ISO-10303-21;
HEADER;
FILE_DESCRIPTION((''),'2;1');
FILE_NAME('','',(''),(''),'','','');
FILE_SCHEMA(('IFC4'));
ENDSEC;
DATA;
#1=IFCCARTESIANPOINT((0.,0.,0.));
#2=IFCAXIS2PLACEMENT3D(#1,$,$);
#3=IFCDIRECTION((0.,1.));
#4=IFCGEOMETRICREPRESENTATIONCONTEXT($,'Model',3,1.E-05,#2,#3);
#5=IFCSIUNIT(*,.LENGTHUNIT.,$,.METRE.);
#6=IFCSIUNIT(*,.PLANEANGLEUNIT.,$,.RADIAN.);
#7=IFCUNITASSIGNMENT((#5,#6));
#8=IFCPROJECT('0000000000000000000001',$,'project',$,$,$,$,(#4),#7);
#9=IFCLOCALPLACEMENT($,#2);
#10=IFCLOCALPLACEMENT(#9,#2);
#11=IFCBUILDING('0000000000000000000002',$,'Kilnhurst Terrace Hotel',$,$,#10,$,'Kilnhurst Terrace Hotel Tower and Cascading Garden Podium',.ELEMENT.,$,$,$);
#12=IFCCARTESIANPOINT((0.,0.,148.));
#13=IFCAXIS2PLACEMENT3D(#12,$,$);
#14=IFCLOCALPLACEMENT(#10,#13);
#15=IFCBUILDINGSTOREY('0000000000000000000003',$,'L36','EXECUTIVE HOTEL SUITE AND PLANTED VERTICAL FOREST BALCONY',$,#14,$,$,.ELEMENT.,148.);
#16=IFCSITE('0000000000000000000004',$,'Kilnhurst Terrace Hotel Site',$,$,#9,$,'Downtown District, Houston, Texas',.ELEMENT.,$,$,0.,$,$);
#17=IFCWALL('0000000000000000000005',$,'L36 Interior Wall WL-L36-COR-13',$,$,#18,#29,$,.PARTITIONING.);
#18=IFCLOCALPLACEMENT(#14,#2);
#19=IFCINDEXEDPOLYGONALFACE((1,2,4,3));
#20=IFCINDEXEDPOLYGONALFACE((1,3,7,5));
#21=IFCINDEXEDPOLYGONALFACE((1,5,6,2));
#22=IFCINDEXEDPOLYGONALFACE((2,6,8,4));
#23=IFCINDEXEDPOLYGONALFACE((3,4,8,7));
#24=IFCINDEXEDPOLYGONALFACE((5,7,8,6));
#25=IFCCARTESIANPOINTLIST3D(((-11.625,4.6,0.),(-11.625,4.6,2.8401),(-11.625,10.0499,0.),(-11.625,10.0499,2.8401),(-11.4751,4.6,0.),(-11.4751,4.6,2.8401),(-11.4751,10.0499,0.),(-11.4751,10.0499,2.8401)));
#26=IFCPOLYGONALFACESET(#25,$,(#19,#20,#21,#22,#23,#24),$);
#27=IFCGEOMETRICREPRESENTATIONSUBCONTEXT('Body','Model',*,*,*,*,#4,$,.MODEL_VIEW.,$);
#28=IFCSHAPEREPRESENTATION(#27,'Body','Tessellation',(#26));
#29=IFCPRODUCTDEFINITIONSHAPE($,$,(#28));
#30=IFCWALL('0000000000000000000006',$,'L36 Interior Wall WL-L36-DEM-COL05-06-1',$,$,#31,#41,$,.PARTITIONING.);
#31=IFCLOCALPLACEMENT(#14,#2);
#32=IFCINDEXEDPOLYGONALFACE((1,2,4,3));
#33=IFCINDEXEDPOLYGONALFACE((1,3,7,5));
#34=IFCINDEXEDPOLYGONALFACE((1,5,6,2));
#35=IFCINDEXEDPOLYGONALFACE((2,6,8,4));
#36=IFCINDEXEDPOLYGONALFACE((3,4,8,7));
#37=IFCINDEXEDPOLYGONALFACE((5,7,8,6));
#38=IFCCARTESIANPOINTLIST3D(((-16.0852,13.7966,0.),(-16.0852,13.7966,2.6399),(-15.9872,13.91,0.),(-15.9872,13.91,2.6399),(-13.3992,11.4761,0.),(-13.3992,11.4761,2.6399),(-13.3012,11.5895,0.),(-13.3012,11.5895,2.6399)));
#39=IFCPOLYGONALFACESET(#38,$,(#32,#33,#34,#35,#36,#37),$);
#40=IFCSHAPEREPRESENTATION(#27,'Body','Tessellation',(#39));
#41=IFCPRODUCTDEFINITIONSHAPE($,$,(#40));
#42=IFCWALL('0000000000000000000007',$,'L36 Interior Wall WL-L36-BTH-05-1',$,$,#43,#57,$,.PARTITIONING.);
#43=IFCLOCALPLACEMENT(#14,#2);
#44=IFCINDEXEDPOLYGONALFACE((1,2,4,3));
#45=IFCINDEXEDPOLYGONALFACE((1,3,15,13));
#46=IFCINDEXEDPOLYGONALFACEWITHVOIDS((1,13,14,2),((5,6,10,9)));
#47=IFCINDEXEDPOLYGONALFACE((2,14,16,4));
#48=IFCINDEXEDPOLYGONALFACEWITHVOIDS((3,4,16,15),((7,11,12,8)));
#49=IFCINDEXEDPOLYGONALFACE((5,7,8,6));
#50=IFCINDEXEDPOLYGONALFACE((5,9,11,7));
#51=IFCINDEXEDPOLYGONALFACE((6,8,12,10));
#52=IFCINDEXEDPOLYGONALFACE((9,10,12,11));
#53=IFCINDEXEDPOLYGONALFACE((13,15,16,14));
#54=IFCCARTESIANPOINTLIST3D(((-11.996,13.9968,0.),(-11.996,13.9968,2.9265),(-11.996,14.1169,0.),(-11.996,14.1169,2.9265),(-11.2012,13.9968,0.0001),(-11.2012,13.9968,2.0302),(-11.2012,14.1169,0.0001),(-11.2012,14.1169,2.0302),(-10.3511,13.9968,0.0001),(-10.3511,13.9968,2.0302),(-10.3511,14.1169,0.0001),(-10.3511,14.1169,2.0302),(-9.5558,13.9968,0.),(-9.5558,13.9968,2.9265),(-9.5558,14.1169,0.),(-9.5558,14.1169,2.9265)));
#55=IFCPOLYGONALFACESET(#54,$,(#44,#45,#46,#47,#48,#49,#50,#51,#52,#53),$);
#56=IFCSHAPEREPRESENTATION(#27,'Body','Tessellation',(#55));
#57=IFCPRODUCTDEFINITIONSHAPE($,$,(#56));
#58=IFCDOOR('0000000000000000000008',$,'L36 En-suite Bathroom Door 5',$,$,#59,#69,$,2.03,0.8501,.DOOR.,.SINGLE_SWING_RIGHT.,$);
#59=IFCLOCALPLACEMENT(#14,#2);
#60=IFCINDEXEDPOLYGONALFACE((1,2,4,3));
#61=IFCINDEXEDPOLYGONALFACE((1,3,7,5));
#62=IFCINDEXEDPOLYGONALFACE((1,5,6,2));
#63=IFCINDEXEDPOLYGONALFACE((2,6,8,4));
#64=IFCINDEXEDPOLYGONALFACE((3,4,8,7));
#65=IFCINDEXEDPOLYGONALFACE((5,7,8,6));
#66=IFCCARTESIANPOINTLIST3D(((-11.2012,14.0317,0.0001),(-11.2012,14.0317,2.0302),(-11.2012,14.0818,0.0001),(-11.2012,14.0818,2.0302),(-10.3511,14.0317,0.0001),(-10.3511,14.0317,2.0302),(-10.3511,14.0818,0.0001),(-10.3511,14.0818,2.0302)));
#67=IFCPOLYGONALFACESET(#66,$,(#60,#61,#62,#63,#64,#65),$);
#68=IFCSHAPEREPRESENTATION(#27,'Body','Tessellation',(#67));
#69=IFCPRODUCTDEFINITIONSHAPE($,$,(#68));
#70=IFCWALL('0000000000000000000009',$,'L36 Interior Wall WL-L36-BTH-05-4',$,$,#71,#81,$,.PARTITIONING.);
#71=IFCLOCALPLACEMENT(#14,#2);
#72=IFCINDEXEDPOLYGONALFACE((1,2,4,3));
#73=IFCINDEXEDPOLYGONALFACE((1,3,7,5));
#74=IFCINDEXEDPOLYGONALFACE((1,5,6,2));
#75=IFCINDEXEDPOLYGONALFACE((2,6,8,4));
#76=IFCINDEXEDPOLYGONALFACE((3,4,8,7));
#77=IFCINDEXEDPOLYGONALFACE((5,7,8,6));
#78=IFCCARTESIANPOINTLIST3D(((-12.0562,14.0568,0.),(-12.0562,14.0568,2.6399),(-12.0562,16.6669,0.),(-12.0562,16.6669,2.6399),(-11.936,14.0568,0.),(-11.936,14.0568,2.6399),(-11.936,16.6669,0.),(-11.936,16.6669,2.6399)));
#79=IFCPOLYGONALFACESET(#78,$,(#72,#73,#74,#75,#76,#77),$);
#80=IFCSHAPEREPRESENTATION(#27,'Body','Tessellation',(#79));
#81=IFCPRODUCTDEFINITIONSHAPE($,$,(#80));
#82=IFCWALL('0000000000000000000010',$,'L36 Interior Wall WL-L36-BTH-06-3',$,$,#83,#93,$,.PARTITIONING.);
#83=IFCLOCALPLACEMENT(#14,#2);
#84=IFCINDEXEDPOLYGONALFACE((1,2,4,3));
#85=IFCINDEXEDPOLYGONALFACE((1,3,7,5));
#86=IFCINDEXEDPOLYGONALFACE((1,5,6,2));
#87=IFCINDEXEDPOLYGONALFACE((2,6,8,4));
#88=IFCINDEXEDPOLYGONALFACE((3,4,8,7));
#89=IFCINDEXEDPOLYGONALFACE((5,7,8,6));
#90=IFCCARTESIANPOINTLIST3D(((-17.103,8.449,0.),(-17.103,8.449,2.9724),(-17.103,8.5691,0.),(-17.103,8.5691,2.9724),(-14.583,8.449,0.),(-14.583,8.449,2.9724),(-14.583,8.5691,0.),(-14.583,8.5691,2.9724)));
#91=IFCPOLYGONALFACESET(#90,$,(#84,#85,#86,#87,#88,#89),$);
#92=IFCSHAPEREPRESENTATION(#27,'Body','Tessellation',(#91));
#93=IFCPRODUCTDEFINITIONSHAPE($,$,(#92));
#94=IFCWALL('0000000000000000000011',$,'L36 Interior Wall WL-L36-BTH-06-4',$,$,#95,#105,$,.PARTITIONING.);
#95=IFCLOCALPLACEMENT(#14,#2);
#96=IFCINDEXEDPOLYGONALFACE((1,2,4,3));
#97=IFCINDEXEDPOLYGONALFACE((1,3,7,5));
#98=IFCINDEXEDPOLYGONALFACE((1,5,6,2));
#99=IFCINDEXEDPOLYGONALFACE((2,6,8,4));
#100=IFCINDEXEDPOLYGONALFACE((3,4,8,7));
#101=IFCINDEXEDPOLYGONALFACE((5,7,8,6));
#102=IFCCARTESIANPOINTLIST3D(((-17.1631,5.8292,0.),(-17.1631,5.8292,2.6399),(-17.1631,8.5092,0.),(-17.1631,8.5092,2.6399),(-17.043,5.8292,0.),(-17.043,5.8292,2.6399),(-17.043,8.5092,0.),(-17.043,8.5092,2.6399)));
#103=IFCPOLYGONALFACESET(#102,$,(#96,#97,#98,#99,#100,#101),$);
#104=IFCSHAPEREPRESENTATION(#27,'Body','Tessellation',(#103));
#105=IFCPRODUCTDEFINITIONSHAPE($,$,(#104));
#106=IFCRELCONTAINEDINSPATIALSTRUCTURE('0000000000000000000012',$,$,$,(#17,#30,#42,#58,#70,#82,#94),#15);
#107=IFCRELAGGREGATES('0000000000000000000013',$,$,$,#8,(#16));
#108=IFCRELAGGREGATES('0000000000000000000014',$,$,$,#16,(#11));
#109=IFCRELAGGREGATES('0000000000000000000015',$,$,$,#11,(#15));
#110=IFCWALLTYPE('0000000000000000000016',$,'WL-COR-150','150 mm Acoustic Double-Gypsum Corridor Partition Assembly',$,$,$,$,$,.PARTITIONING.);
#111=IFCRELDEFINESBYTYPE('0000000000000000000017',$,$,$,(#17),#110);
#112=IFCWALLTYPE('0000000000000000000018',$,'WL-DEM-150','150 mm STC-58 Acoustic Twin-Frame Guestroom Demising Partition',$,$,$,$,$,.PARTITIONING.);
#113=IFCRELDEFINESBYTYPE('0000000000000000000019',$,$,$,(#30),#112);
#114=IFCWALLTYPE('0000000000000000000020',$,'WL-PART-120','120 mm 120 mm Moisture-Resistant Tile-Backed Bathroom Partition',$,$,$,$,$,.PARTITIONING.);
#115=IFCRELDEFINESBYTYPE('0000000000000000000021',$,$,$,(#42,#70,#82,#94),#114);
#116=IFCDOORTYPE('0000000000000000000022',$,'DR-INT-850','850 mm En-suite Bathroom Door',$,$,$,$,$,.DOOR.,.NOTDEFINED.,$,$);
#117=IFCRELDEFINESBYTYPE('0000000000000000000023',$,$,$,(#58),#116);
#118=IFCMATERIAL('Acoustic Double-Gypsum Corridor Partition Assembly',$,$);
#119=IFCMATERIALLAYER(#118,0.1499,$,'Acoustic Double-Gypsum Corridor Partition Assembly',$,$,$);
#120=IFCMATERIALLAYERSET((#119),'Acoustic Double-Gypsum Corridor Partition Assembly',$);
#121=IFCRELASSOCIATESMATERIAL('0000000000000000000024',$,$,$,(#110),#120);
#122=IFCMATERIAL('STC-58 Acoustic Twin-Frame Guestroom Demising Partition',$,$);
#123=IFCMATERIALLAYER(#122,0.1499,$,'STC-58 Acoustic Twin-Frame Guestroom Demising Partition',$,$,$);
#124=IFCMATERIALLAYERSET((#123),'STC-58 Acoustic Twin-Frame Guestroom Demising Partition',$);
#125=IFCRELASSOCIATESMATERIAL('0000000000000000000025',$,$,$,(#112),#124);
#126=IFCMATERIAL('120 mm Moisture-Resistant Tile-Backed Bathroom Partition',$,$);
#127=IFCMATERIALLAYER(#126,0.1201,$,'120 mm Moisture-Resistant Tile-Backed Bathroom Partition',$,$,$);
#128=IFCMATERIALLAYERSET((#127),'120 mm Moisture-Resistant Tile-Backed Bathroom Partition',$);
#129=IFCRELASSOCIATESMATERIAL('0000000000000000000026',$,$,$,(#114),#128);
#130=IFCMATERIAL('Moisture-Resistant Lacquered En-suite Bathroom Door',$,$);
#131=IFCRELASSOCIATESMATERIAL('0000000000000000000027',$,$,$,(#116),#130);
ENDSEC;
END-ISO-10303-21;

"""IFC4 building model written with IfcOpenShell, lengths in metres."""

from ifc_helpers import new_model, si_unit, direction, frame, frame_2d, origin, place, context, subcontext, project, spatial, rectangle, extrude, material, layer, layer_set, type_object, element, fill, save


model = new_model("IFC4")

# Units and contexts
model_context = context("Model", 3, precision=1e-05, world=origin(), true_north=direction((0.0, 1.0)))
body_context = subcontext(model_context, "Body", "Model", "MODEL_VIEW")
ifc_project = project(units=[si_unit("LENGTHUNIT", "METRE"), si_unit("PLANEANGLEUNIT", "RADIAN")], contexts=[model_context])

# Site, building, storey
site_placement = place(None, origin())
site = spatial("IfcSite", under=ifc_project, at=site_placement, Name="Kilnhurst Terrace Hotel Site", LongName="Downtown District, Houston, Texas", CompositionType="ELEMENT", RefElevation=0.0)
building_placement = place(site_placement, origin())
building = spatial("IfcBuilding", under=site, at=building_placement, Name="Kilnhurst Terrace Hotel", LongName="Kilnhurst Terrace Hotel Tower and Cascading Garden Podium", CompositionType="ELEMENT")
storey_placement = place(building_placement, frame((0.0, 0.0, 148.0)))
storey = spatial("IfcBuildingStorey", under=building, at=storey_placement, Name="L36", Description="EXECUTIVE HOTEL SUITE AND PLANTED VERTICAL FOREST BALCONY", CompositionType="ELEMENT", Elevation=148.0)

# Shared definitions
ifc_material_1 = material(Name="Acoustic Double-Gypsum Corridor Partition Assembly")
ifc_layer_1 = layer(ifc_material_1, 0.1499, Name="Acoustic Double-Gypsum Corridor Partition Assembly")
ifc_layer_set_1 = layer_set([ifc_layer_1], Name="Acoustic Double-Gypsum Corridor Partition Assembly")
wall_type_1 = type_object("IfcWallType", Name="WL-COR-150", Description="150 mm Acoustic Double-Gypsum Corridor Partition Assembly", PredefinedType="PARTITIONING", material=ifc_layer_set_1)

# Walls
wall_1_placement = place(storey_placement, frame((-11.55, 10.05, 0.0), z_axis=(0.0, 0.0, 1.0), x_axis=(0.0, -1.0, 0.0)))
element("IfcWall", 1, at=wall_1_placement, inside=storey, type_object=wall_type_1, Name="L36 Interior Wall WL-L36-COR-13", PredefinedType="PARTITIONING", context=body_context, shape_type="SweptSolid", body=[
    extrude(rectangle(XDim=5.45, YDim=0.1499, at=frame_2d((2.7251, 0.0))), origin(), (0.0, 0.0, 1.0), 2.8401),
])
ifc_material_2 = material(Name="STC-58 Acoustic Twin-Frame Guestroom Demising Partition")
ifc_layer_2 = layer(ifc_material_2, 0.1499, Name="STC-58 Acoustic Twin-Frame Guestroom Demising Partition")
ifc_layer_set_2 = layer_set([ifc_layer_2], Name="STC-58 Acoustic Twin-Frame Guestroom Demising Partition")
wall_type_2 = type_object("IfcWallType", Name="WL-DEM-150", Description="150 mm STC-58 Acoustic Twin-Frame Guestroom Demising Partition", PredefinedType="PARTITIONING", material=ifc_layer_set_2)
wall_2_placement = place(storey_placement, frame((-13.3501, 11.5327, 0.0), z_axis=(0.0, 0.0, 1.0), x_axis=(-0.756712, 0.653749, 0.0)))
element("IfcWall", 2, at=wall_2_placement, inside=storey, type_object=wall_type_2, Name="L36 Interior Wall WL-L36-DEM-COL05-06-1", PredefinedType="PARTITIONING", context=body_context, shape_type="SweptSolid", body=[
    extrude(rectangle(XDim=3.5496, YDim=0.1499, at=frame_2d((1.7749, 0.0))), origin(), (0.0, 0.0, 1.0), 2.6399),
])

# Wall, opening, door
ifc_material_3 = material(Name="120 mm Moisture-Resistant Tile-Backed Bathroom Partition")
ifc_layer_3 = layer(ifc_material_3, 0.1201, Name="120 mm Moisture-Resistant Tile-Backed Bathroom Partition")
ifc_layer_set_3 = layer_set([ifc_layer_3], Name="120 mm Moisture-Resistant Tile-Backed Bathroom Partition")
wall_type_3 = type_object("IfcWallType", Name="WL-PART-120", Description="120 mm 120 mm Moisture-Resistant Tile-Backed Bathroom Partition", PredefinedType="PARTITIONING", material=ifc_layer_set_3)
wall_3_placement = place(storey_placement, frame((-11.9961, 14.0569, 0.0), z_axis=(0.0, 0.0, 1.0), x_axis=(1.0, 0.0, 0.0)))
wall_3 = element("IfcWall", 3, at=wall_3_placement, inside=storey, type_object=wall_type_3, Name="L36 Interior Wall WL-L36-BTH-05-1", PredefinedType="PARTITIONING", context=body_context, shape_type="SweptSolid", body=[
    extrude(rectangle(XDim=2.4402, YDim=0.1201, at=frame_2d((1.2202, 0.0))), origin(), (0.0, 0.0, 1.0), 2.9265),
])
opening_1_placement = place(wall_3_placement, frame((0.7949, 0.0, 0.0)))
opening_1 = element("IfcOpeningElement", 4, at=opening_1_placement, cuts=wall_3, PredefinedType="OPENING", context=body_context, shape_type="SweptSolid", body=[
    extrude(rectangle(XDim=0.8501, YDim=2.03, at=frame_2d((0.425, 1.0151))), frame((0.0, 0.0701, 0.0), z_axis=(0.0, -1.0, 0.0), x_axis=(1.0, 0.0, 0.0)), (0.0, 0.0, 1.0), 0.1401),
])
ifc_material_4 = material(Name="Moisture-Resistant Lacquered En-suite Bathroom Door")
door_type_1 = type_object("IfcDoorType", Name="DR-INT-850", Description="850 mm En-suite Bathroom Door", OperationType="NOTDEFINED", PredefinedType="DOOR", material=ifc_material_4)
door_1_placement = place(opening_1_placement, origin())
door_1 = element("IfcDoor", 5, at=door_1_placement, inside=storey, type_object=door_type_1, Name="L36 En-suite Bathroom Door 5", OperationType="SINGLE_SWING_RIGHT", OverallHeight=2.03, OverallWidth=0.8501, PredefinedType="DOOR", context=body_context, shape_type="SweptSolid", body=[
    extrude(rectangle(XDim=0.8501, YDim=2.03, at=frame_2d((0.425, 1.0151))), frame((0.0, 0.0249, 0.0), z_axis=(0.0, -1.0, 0.0), x_axis=(1.0, 0.0, 0.0)), (0.0, 0.0, 1.0), 0.05),
])
fill(opening_1, door_1)

# Walls
wall_4_placement = place(storey_placement, frame((-11.9961, 16.667, 0.0), z_axis=(0.0, 0.0, 1.0), x_axis=(0.0, -1.0, 0.0)))
element("IfcWall", 6, at=wall_4_placement, inside=storey, type_object=wall_type_3, Name="L36 Interior Wall WL-L36-BTH-05-4", PredefinedType="PARTITIONING", context=body_context, shape_type="SweptSolid", body=[
    extrude(rectangle(XDim=2.6101, YDim=0.1201, at=frame_2d((1.3052, 0.0))), origin(), (0.0, 0.0, 1.0), 2.6399),
])
wall_5_placement = place(storey_placement, frame((-14.583, 8.509, 0.0), z_axis=(0.0, 0.0, 1.0), x_axis=(-1.0, 0.0, 0.0)))
element("IfcWall", 7, at=wall_5_placement, inside=storey, type_object=wall_type_3, Name="L36 Interior Wall WL-L36-BTH-06-3", PredefinedType="PARTITIONING", context=body_context, shape_type="SweptSolid", body=[
    extrude(rectangle(XDim=2.52, YDim=0.1201, at=frame_2d((1.26, 0.0))), origin(), (0.0, 0.0, 1.0), 2.9724),
])
wall_6_placement = place(storey_placement, frame((-17.103, 8.509, 0.0), z_axis=(0.0, 0.0, 1.0), x_axis=(0.0, -1.0, 0.0)))
element("IfcWall", 8, at=wall_6_placement, inside=storey, type_object=wall_type_3, Name="L36 Interior Wall WL-L36-BTH-06-4", PredefinedType="PARTITIONING", context=body_context, shape_type="SweptSolid", body=[
    extrude(rectangle(XDim=2.6799, YDim=0.1201, at=frame_2d((1.3398, 0.0))), origin(), (0.0, 0.0, 1.0), 2.6399),
])

save(model, "model.ifc")
